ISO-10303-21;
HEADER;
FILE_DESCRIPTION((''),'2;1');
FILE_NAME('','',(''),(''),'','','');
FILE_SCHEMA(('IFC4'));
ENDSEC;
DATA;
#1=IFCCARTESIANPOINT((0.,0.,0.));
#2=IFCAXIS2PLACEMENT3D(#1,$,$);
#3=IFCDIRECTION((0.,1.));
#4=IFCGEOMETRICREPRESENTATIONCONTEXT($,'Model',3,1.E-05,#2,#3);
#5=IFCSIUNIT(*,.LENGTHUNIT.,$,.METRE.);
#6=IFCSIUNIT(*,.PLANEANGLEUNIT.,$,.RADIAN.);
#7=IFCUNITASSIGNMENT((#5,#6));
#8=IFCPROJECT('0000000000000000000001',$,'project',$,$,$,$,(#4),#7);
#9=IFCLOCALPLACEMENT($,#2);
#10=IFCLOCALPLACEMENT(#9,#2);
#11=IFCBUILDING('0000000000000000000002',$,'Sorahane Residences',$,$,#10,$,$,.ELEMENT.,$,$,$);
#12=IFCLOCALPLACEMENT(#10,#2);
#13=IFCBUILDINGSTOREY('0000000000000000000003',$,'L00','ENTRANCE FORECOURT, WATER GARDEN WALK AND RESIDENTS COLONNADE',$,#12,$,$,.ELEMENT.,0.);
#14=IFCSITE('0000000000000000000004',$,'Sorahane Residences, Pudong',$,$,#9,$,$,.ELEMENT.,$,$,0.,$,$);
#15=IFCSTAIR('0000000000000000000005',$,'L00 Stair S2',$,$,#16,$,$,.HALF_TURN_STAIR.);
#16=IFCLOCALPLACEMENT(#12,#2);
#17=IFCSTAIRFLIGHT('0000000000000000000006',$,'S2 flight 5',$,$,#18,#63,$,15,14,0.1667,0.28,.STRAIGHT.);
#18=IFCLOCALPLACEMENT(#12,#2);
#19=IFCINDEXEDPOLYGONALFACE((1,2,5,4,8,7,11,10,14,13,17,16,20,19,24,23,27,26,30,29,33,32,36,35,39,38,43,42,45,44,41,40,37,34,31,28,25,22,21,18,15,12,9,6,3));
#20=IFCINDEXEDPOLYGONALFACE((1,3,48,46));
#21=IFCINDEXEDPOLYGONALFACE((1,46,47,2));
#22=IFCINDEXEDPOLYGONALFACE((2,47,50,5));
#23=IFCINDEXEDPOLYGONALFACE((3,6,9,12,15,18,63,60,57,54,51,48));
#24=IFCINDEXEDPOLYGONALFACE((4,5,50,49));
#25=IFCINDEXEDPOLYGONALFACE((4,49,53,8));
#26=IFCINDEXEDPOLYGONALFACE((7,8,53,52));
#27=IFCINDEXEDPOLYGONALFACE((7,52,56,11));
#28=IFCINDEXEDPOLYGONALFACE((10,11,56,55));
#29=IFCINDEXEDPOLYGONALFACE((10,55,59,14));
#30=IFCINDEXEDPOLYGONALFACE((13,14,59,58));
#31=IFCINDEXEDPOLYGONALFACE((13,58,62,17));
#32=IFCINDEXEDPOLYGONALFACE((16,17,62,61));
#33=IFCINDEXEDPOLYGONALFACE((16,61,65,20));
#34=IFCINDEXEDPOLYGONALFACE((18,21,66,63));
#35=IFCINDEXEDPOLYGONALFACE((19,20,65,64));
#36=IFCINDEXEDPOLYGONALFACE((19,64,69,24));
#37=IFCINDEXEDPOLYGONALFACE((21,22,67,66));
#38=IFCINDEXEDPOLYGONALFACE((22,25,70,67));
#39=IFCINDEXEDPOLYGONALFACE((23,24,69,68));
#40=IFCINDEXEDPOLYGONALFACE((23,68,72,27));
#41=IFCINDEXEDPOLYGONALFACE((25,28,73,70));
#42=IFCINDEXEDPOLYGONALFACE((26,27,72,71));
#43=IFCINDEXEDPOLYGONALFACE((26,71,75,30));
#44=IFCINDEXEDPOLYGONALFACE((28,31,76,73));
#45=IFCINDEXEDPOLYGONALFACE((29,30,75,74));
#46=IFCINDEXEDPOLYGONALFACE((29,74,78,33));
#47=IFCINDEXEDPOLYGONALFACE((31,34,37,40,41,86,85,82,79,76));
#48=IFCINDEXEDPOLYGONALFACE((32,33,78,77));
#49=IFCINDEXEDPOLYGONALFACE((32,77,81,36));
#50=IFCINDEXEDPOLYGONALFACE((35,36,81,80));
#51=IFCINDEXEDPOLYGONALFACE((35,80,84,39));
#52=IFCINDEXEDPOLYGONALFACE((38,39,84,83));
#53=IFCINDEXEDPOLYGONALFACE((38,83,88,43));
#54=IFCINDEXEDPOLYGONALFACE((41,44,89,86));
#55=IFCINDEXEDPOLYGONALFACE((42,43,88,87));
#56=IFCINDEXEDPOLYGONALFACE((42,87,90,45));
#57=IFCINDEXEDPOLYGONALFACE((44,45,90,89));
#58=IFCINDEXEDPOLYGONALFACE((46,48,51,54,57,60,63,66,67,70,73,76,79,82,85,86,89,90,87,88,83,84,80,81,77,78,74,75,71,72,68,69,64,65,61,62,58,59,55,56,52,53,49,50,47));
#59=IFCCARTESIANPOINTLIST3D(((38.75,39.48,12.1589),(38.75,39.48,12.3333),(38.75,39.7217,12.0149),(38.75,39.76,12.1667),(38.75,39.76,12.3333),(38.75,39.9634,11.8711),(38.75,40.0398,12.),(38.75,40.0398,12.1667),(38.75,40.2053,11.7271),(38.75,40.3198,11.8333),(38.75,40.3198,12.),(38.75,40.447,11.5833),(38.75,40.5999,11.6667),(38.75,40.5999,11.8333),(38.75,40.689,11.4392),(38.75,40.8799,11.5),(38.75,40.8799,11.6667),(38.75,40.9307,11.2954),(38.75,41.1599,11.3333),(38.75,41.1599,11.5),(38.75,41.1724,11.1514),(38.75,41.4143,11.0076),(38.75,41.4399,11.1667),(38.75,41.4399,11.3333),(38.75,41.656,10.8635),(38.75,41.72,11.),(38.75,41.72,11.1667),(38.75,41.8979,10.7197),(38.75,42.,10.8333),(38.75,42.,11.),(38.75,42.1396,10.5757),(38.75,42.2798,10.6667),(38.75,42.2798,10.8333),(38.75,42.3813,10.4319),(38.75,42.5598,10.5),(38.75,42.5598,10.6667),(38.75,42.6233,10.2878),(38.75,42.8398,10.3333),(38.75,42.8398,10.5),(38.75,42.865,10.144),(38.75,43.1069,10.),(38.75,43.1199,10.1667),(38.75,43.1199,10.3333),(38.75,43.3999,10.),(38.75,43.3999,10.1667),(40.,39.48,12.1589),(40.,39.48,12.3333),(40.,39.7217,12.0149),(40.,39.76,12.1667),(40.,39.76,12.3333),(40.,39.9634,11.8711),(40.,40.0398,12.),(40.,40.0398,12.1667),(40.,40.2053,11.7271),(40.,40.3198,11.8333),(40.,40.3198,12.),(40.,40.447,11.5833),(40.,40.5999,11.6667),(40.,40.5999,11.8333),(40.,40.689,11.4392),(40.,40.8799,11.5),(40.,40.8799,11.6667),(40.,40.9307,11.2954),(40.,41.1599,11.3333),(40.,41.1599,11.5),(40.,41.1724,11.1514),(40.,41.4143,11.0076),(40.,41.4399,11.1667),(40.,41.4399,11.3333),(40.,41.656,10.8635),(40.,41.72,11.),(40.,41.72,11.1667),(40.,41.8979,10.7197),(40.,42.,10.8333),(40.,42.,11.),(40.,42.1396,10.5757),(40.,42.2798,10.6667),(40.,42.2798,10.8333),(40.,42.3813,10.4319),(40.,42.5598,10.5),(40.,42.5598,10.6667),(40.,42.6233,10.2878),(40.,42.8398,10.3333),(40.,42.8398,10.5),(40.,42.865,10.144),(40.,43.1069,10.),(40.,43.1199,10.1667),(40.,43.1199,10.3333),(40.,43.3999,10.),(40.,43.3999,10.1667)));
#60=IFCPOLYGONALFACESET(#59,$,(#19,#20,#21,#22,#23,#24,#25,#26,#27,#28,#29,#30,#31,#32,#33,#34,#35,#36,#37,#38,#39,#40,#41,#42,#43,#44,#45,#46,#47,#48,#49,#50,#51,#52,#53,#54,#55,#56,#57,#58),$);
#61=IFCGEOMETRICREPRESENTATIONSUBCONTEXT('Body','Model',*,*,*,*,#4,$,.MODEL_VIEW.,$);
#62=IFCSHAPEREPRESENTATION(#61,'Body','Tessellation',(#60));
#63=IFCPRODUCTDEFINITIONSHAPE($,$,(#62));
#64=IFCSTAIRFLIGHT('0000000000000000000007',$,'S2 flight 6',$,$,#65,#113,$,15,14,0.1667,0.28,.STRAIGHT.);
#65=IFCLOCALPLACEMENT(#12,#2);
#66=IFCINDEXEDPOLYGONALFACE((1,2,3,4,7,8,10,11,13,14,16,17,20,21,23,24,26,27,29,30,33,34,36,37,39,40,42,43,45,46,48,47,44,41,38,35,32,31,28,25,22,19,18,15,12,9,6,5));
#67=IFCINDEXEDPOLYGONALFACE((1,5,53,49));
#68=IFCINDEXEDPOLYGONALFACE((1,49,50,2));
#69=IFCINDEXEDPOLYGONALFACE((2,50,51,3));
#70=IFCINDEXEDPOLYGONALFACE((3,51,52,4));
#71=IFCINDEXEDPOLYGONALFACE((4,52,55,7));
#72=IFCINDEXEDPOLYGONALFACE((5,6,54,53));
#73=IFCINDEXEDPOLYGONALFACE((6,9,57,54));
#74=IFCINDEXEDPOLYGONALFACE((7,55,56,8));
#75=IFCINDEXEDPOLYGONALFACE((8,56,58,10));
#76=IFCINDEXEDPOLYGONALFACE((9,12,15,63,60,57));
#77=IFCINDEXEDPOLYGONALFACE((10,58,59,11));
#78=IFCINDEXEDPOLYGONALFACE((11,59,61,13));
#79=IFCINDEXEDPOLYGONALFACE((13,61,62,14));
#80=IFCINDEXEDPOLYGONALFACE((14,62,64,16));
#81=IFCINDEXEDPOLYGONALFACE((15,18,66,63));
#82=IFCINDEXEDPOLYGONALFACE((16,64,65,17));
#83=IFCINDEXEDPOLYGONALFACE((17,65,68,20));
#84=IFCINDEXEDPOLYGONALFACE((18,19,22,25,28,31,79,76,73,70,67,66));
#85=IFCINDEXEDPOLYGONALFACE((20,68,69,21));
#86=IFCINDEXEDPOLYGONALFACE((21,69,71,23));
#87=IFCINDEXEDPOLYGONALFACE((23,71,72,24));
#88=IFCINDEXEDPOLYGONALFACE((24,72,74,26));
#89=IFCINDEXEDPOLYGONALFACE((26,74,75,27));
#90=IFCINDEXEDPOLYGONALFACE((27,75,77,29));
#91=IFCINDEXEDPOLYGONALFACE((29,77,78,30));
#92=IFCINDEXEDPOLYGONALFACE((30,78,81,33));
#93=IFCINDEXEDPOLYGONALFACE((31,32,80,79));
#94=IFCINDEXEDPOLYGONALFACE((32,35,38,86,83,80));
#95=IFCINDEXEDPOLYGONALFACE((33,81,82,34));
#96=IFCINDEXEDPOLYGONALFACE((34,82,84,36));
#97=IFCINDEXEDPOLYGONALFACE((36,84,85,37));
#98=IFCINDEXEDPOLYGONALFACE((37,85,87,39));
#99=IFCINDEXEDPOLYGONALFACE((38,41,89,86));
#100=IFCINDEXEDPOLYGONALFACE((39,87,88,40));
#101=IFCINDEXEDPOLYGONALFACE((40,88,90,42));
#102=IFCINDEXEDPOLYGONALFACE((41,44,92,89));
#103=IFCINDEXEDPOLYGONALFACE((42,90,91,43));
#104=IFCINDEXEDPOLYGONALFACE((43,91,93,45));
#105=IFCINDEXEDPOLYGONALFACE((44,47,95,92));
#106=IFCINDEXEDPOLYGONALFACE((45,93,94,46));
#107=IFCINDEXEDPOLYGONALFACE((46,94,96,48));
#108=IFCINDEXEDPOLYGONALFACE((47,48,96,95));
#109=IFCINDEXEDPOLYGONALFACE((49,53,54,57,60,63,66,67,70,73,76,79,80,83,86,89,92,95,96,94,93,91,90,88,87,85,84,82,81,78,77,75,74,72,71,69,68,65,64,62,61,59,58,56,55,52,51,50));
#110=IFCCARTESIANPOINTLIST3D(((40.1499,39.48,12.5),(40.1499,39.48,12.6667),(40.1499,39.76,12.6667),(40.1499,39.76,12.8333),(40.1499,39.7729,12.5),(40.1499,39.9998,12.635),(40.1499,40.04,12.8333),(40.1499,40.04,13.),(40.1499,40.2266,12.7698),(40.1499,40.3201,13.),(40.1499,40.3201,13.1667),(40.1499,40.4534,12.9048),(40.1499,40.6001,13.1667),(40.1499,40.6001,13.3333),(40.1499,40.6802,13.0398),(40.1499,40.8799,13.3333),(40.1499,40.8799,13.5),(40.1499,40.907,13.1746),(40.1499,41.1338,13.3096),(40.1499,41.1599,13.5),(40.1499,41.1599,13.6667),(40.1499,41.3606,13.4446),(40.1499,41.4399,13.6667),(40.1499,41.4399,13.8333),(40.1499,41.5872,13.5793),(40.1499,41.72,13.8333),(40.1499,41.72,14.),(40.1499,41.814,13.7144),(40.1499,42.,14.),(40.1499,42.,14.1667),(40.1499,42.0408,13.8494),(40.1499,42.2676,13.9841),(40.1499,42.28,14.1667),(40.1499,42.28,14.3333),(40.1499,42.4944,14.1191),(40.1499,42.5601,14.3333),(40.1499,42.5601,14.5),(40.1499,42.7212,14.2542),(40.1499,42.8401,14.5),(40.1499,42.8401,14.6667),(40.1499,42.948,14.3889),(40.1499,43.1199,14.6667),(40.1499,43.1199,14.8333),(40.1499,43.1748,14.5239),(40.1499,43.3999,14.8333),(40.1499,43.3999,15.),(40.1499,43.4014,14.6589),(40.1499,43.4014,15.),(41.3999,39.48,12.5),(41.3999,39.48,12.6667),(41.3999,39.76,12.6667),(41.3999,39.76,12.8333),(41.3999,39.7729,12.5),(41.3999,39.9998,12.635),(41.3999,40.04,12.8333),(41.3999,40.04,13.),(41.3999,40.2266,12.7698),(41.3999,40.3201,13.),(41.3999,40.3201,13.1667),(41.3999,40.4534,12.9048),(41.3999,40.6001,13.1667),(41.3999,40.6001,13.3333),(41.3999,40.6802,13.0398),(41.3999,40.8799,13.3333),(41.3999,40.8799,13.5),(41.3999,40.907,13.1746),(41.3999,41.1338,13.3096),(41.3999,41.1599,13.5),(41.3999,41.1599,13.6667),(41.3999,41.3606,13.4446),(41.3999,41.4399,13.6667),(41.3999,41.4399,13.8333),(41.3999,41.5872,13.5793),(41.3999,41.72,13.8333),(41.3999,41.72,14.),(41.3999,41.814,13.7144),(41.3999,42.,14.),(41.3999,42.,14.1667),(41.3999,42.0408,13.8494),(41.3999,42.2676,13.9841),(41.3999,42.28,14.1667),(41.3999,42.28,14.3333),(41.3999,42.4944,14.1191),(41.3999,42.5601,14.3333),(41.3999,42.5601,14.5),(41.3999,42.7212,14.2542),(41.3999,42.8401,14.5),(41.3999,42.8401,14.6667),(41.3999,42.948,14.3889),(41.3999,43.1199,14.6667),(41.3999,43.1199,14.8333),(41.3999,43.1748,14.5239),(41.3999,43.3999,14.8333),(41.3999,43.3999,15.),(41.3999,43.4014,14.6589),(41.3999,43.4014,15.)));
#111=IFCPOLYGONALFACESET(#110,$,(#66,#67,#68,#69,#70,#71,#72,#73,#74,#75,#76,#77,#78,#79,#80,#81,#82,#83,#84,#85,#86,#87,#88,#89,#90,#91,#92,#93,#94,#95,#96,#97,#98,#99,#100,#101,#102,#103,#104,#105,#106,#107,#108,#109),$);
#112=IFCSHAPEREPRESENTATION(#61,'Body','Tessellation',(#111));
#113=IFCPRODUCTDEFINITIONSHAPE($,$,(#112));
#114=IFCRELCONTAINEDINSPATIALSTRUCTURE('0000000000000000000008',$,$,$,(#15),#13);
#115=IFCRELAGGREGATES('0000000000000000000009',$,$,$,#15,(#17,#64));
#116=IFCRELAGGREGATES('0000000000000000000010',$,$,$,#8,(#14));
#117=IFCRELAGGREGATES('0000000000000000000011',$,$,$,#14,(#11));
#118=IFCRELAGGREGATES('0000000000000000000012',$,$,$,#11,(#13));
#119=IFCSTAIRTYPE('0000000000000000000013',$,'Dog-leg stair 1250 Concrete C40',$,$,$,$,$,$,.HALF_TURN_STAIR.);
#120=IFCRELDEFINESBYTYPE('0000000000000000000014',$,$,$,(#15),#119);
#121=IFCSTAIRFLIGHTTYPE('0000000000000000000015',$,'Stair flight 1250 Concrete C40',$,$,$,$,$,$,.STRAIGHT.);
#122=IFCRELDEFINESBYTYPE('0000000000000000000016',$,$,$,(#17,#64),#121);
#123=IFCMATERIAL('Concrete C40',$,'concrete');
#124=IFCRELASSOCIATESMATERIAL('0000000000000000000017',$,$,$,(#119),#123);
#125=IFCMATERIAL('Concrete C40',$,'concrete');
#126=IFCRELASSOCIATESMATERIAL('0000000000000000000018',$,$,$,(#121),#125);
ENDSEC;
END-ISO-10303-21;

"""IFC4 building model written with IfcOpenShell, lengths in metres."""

from ifc_helpers import new_model, si_unit, direction, frame, origin, place, context, subcontext, project, spatial, polyline, outline, extrude, material, type_object, element, aggregate, save


model = new_model("IFC4")

# Units and contexts
model_context = context("Model", 3, precision=1e-05, world=origin(), true_north=direction((0.0, 1.0)))
body_context = subcontext(model_context, "Body", "Model", "MODEL_VIEW")
ifc_project = project(units=[si_unit("LENGTHUNIT", "METRE"), si_unit("PLANEANGLEUNIT", "RADIAN")], contexts=[model_context])

# Site, building, storey
site_placement = place(None, origin())
site = spatial("IfcSite", under=ifc_project, at=site_placement, Name="Sorahane Residences, Pudong", CompositionType="ELEMENT", RefElevation=0.0)
building_placement = place(site_placement, origin())
building = spatial("IfcBuilding", under=site, at=building_placement, Name="Sorahane Residences", CompositionType="ELEMENT")
storey_placement = place(building_placement, origin())
storey = spatial("IfcBuildingStorey", under=building, at=storey_placement, Name="L00", Description="ENTRANCE FORECOURT, WATER GARDEN WALK AND RESIDENTS COLONNADE", CompositionType="ELEMENT", Elevation=0.0)

# Stair, stair flights
ifc_material_1 = material(Name="Concrete C40", Category="concrete")
stair_type = type_object("IfcStairType", Name="Dog-leg stair 1250 Concrete C40", PredefinedType="HALF_TURN_STAIR", material=ifc_material_1)
stair_placement = place(storey_placement, origin())
stair = element("IfcStair", 1, at=stair_placement, inside=storey, type_object=stair_type, Name="L00 Stair S2", PredefinedType="HALF_TURN_STAIR")
ifc_material_2 = material(Name="Concrete C40", Category="concrete")
stair_flight_type = type_object("IfcStairFlightType", Name="Stair flight 1250 Concrete C40", PredefinedType="STRAIGHT", material=ifc_material_2)
stair_flight_1_placement = place(storey_placement, frame((39.375, 43.3999, 10.0), z_axis=(0.0, 0.0, 1.0), x_axis=(0.0, -1.0, 0.0)))
stair_flight_1 = element("IfcStairFlight", 2, at=stair_flight_1_placement, type_object=stair_flight_type, Name="S2 flight 5", NumberOfRisers=15, NumberOfTreads=14, PredefinedType="STRAIGHT", RiserHeight=0.1667, TreadLength=0.28, context=body_context, shape_type="SweptSolid", body=[
    extrude(outline(polyline([(0.0, 0.0), (0.0, 0.1667), (0.28, 0.1667), (0.28, 0.3333), (0.5601, 0.3333), (0.5601, 0.5), (0.8401, 0.5), (0.8401, 0.6667), (1.1201, 0.6667), (1.1201, 0.8333), (1.3999, 0.8333), (1.3999, 1.0), (1.6799, 1.0), (1.6799, 1.1667), (1.96, 1.1667), (1.96, 1.3333), (2.24, 1.3333), (2.24, 1.5), (2.52, 1.5), (2.52, 1.6667), (2.8, 1.6667), (2.8, 1.8333), (3.0801, 1.8333), (3.0801, 2.0), (3.3601, 2.0), (3.3601, 2.1667), (3.6399, 2.1667), (3.6399, 2.3333), (3.9199, 2.3333), (3.9199, 2.5), (3.9199, 2.1589), (3.6782, 2.0149), (3.4365, 1.8711), (3.1946, 1.7271), (2.9529, 1.5833), (2.7109, 1.4392), (2.4692, 1.2954), (2.2275, 1.1514), (1.9856, 1.0076), (1.7439, 0.8635), (1.502, 0.7197), (1.2603, 0.5757), (1.0186, 0.4319), (0.7766, 0.2878), (0.5349, 0.144), (0.293, 0.0), (0.0, 0.0)])), frame((0.0, 0.625, 0.0), z_axis=(0.0, -1.0, 0.0), x_axis=(1.0, 0.0, 0.0)), (0.0, 0.0, 1.0), 1.25),
])
stair_flight_2_placement = place(storey_placement, frame((40.7749, 39.48, 12.5), z_axis=(0.0, 0.0, 1.0), x_axis=(0.0, 1.0, 0.0)))
stair_flight_2 = element("IfcStairFlight", 3, at=stair_flight_2_placement, type_object=stair_flight_type, Name="S2 flight 6", NumberOfRisers=15, NumberOfTreads=14, PredefinedType="STRAIGHT", RiserHeight=0.1667, TreadLength=0.28, context=body_context, shape_type="SweptSolid", body=[
    extrude(outline(polyline([(0.0, 0.0), (0.0, 0.1667), (0.28, 0.1667), (0.28, 0.3333), (0.5601, 0.3333), (0.5601, 0.5), (0.8401, 0.5), (0.8401, 0.6667), (1.1201, 0.6667), (1.1201, 0.8333), (1.3999, 0.8333), (1.3999, 1.0), (1.6799, 1.0), (1.6799, 1.1667), (1.96, 1.1667), (1.96, 1.3333), (2.24, 1.3333), (2.24, 1.5), (2.52, 1.5), (2.52, 1.6667), (2.8, 1.6667), (2.8, 1.8333), (3.0801, 1.8333), (3.0801, 2.0), (3.3601, 2.0), (3.3601, 2.1667), (3.6399, 2.1667), (3.6399, 2.3333), (3.9199, 2.3333), (3.9199, 2.5), (3.9214, 2.5), (3.9214, 2.1589), (3.6948, 2.0239), (3.468, 1.8889), (3.2412, 1.7542), (3.0144, 1.6191), (2.7876, 1.4841), (2.5608, 1.3494), (2.334, 1.2144), (2.1072, 1.0793), (1.8806, 0.9446), (1.6538, 0.8096), (1.427, 0.6746), (1.2002, 0.5398), (0.9734, 0.4048), (0.7466, 0.2698), (0.5198, 0.135), (0.293, 0.0), (0.0, 0.0)])), frame((0.0, 0.625, 0.0), z_axis=(0.0, -1.0, 0.0), x_axis=(1.0, 0.0, 0.0)), (0.0, 0.0, 1.0), 1.25),
])
aggregate(stair, [stair_flight_1, stair_flight_2])

save(model, "model.ifc")
